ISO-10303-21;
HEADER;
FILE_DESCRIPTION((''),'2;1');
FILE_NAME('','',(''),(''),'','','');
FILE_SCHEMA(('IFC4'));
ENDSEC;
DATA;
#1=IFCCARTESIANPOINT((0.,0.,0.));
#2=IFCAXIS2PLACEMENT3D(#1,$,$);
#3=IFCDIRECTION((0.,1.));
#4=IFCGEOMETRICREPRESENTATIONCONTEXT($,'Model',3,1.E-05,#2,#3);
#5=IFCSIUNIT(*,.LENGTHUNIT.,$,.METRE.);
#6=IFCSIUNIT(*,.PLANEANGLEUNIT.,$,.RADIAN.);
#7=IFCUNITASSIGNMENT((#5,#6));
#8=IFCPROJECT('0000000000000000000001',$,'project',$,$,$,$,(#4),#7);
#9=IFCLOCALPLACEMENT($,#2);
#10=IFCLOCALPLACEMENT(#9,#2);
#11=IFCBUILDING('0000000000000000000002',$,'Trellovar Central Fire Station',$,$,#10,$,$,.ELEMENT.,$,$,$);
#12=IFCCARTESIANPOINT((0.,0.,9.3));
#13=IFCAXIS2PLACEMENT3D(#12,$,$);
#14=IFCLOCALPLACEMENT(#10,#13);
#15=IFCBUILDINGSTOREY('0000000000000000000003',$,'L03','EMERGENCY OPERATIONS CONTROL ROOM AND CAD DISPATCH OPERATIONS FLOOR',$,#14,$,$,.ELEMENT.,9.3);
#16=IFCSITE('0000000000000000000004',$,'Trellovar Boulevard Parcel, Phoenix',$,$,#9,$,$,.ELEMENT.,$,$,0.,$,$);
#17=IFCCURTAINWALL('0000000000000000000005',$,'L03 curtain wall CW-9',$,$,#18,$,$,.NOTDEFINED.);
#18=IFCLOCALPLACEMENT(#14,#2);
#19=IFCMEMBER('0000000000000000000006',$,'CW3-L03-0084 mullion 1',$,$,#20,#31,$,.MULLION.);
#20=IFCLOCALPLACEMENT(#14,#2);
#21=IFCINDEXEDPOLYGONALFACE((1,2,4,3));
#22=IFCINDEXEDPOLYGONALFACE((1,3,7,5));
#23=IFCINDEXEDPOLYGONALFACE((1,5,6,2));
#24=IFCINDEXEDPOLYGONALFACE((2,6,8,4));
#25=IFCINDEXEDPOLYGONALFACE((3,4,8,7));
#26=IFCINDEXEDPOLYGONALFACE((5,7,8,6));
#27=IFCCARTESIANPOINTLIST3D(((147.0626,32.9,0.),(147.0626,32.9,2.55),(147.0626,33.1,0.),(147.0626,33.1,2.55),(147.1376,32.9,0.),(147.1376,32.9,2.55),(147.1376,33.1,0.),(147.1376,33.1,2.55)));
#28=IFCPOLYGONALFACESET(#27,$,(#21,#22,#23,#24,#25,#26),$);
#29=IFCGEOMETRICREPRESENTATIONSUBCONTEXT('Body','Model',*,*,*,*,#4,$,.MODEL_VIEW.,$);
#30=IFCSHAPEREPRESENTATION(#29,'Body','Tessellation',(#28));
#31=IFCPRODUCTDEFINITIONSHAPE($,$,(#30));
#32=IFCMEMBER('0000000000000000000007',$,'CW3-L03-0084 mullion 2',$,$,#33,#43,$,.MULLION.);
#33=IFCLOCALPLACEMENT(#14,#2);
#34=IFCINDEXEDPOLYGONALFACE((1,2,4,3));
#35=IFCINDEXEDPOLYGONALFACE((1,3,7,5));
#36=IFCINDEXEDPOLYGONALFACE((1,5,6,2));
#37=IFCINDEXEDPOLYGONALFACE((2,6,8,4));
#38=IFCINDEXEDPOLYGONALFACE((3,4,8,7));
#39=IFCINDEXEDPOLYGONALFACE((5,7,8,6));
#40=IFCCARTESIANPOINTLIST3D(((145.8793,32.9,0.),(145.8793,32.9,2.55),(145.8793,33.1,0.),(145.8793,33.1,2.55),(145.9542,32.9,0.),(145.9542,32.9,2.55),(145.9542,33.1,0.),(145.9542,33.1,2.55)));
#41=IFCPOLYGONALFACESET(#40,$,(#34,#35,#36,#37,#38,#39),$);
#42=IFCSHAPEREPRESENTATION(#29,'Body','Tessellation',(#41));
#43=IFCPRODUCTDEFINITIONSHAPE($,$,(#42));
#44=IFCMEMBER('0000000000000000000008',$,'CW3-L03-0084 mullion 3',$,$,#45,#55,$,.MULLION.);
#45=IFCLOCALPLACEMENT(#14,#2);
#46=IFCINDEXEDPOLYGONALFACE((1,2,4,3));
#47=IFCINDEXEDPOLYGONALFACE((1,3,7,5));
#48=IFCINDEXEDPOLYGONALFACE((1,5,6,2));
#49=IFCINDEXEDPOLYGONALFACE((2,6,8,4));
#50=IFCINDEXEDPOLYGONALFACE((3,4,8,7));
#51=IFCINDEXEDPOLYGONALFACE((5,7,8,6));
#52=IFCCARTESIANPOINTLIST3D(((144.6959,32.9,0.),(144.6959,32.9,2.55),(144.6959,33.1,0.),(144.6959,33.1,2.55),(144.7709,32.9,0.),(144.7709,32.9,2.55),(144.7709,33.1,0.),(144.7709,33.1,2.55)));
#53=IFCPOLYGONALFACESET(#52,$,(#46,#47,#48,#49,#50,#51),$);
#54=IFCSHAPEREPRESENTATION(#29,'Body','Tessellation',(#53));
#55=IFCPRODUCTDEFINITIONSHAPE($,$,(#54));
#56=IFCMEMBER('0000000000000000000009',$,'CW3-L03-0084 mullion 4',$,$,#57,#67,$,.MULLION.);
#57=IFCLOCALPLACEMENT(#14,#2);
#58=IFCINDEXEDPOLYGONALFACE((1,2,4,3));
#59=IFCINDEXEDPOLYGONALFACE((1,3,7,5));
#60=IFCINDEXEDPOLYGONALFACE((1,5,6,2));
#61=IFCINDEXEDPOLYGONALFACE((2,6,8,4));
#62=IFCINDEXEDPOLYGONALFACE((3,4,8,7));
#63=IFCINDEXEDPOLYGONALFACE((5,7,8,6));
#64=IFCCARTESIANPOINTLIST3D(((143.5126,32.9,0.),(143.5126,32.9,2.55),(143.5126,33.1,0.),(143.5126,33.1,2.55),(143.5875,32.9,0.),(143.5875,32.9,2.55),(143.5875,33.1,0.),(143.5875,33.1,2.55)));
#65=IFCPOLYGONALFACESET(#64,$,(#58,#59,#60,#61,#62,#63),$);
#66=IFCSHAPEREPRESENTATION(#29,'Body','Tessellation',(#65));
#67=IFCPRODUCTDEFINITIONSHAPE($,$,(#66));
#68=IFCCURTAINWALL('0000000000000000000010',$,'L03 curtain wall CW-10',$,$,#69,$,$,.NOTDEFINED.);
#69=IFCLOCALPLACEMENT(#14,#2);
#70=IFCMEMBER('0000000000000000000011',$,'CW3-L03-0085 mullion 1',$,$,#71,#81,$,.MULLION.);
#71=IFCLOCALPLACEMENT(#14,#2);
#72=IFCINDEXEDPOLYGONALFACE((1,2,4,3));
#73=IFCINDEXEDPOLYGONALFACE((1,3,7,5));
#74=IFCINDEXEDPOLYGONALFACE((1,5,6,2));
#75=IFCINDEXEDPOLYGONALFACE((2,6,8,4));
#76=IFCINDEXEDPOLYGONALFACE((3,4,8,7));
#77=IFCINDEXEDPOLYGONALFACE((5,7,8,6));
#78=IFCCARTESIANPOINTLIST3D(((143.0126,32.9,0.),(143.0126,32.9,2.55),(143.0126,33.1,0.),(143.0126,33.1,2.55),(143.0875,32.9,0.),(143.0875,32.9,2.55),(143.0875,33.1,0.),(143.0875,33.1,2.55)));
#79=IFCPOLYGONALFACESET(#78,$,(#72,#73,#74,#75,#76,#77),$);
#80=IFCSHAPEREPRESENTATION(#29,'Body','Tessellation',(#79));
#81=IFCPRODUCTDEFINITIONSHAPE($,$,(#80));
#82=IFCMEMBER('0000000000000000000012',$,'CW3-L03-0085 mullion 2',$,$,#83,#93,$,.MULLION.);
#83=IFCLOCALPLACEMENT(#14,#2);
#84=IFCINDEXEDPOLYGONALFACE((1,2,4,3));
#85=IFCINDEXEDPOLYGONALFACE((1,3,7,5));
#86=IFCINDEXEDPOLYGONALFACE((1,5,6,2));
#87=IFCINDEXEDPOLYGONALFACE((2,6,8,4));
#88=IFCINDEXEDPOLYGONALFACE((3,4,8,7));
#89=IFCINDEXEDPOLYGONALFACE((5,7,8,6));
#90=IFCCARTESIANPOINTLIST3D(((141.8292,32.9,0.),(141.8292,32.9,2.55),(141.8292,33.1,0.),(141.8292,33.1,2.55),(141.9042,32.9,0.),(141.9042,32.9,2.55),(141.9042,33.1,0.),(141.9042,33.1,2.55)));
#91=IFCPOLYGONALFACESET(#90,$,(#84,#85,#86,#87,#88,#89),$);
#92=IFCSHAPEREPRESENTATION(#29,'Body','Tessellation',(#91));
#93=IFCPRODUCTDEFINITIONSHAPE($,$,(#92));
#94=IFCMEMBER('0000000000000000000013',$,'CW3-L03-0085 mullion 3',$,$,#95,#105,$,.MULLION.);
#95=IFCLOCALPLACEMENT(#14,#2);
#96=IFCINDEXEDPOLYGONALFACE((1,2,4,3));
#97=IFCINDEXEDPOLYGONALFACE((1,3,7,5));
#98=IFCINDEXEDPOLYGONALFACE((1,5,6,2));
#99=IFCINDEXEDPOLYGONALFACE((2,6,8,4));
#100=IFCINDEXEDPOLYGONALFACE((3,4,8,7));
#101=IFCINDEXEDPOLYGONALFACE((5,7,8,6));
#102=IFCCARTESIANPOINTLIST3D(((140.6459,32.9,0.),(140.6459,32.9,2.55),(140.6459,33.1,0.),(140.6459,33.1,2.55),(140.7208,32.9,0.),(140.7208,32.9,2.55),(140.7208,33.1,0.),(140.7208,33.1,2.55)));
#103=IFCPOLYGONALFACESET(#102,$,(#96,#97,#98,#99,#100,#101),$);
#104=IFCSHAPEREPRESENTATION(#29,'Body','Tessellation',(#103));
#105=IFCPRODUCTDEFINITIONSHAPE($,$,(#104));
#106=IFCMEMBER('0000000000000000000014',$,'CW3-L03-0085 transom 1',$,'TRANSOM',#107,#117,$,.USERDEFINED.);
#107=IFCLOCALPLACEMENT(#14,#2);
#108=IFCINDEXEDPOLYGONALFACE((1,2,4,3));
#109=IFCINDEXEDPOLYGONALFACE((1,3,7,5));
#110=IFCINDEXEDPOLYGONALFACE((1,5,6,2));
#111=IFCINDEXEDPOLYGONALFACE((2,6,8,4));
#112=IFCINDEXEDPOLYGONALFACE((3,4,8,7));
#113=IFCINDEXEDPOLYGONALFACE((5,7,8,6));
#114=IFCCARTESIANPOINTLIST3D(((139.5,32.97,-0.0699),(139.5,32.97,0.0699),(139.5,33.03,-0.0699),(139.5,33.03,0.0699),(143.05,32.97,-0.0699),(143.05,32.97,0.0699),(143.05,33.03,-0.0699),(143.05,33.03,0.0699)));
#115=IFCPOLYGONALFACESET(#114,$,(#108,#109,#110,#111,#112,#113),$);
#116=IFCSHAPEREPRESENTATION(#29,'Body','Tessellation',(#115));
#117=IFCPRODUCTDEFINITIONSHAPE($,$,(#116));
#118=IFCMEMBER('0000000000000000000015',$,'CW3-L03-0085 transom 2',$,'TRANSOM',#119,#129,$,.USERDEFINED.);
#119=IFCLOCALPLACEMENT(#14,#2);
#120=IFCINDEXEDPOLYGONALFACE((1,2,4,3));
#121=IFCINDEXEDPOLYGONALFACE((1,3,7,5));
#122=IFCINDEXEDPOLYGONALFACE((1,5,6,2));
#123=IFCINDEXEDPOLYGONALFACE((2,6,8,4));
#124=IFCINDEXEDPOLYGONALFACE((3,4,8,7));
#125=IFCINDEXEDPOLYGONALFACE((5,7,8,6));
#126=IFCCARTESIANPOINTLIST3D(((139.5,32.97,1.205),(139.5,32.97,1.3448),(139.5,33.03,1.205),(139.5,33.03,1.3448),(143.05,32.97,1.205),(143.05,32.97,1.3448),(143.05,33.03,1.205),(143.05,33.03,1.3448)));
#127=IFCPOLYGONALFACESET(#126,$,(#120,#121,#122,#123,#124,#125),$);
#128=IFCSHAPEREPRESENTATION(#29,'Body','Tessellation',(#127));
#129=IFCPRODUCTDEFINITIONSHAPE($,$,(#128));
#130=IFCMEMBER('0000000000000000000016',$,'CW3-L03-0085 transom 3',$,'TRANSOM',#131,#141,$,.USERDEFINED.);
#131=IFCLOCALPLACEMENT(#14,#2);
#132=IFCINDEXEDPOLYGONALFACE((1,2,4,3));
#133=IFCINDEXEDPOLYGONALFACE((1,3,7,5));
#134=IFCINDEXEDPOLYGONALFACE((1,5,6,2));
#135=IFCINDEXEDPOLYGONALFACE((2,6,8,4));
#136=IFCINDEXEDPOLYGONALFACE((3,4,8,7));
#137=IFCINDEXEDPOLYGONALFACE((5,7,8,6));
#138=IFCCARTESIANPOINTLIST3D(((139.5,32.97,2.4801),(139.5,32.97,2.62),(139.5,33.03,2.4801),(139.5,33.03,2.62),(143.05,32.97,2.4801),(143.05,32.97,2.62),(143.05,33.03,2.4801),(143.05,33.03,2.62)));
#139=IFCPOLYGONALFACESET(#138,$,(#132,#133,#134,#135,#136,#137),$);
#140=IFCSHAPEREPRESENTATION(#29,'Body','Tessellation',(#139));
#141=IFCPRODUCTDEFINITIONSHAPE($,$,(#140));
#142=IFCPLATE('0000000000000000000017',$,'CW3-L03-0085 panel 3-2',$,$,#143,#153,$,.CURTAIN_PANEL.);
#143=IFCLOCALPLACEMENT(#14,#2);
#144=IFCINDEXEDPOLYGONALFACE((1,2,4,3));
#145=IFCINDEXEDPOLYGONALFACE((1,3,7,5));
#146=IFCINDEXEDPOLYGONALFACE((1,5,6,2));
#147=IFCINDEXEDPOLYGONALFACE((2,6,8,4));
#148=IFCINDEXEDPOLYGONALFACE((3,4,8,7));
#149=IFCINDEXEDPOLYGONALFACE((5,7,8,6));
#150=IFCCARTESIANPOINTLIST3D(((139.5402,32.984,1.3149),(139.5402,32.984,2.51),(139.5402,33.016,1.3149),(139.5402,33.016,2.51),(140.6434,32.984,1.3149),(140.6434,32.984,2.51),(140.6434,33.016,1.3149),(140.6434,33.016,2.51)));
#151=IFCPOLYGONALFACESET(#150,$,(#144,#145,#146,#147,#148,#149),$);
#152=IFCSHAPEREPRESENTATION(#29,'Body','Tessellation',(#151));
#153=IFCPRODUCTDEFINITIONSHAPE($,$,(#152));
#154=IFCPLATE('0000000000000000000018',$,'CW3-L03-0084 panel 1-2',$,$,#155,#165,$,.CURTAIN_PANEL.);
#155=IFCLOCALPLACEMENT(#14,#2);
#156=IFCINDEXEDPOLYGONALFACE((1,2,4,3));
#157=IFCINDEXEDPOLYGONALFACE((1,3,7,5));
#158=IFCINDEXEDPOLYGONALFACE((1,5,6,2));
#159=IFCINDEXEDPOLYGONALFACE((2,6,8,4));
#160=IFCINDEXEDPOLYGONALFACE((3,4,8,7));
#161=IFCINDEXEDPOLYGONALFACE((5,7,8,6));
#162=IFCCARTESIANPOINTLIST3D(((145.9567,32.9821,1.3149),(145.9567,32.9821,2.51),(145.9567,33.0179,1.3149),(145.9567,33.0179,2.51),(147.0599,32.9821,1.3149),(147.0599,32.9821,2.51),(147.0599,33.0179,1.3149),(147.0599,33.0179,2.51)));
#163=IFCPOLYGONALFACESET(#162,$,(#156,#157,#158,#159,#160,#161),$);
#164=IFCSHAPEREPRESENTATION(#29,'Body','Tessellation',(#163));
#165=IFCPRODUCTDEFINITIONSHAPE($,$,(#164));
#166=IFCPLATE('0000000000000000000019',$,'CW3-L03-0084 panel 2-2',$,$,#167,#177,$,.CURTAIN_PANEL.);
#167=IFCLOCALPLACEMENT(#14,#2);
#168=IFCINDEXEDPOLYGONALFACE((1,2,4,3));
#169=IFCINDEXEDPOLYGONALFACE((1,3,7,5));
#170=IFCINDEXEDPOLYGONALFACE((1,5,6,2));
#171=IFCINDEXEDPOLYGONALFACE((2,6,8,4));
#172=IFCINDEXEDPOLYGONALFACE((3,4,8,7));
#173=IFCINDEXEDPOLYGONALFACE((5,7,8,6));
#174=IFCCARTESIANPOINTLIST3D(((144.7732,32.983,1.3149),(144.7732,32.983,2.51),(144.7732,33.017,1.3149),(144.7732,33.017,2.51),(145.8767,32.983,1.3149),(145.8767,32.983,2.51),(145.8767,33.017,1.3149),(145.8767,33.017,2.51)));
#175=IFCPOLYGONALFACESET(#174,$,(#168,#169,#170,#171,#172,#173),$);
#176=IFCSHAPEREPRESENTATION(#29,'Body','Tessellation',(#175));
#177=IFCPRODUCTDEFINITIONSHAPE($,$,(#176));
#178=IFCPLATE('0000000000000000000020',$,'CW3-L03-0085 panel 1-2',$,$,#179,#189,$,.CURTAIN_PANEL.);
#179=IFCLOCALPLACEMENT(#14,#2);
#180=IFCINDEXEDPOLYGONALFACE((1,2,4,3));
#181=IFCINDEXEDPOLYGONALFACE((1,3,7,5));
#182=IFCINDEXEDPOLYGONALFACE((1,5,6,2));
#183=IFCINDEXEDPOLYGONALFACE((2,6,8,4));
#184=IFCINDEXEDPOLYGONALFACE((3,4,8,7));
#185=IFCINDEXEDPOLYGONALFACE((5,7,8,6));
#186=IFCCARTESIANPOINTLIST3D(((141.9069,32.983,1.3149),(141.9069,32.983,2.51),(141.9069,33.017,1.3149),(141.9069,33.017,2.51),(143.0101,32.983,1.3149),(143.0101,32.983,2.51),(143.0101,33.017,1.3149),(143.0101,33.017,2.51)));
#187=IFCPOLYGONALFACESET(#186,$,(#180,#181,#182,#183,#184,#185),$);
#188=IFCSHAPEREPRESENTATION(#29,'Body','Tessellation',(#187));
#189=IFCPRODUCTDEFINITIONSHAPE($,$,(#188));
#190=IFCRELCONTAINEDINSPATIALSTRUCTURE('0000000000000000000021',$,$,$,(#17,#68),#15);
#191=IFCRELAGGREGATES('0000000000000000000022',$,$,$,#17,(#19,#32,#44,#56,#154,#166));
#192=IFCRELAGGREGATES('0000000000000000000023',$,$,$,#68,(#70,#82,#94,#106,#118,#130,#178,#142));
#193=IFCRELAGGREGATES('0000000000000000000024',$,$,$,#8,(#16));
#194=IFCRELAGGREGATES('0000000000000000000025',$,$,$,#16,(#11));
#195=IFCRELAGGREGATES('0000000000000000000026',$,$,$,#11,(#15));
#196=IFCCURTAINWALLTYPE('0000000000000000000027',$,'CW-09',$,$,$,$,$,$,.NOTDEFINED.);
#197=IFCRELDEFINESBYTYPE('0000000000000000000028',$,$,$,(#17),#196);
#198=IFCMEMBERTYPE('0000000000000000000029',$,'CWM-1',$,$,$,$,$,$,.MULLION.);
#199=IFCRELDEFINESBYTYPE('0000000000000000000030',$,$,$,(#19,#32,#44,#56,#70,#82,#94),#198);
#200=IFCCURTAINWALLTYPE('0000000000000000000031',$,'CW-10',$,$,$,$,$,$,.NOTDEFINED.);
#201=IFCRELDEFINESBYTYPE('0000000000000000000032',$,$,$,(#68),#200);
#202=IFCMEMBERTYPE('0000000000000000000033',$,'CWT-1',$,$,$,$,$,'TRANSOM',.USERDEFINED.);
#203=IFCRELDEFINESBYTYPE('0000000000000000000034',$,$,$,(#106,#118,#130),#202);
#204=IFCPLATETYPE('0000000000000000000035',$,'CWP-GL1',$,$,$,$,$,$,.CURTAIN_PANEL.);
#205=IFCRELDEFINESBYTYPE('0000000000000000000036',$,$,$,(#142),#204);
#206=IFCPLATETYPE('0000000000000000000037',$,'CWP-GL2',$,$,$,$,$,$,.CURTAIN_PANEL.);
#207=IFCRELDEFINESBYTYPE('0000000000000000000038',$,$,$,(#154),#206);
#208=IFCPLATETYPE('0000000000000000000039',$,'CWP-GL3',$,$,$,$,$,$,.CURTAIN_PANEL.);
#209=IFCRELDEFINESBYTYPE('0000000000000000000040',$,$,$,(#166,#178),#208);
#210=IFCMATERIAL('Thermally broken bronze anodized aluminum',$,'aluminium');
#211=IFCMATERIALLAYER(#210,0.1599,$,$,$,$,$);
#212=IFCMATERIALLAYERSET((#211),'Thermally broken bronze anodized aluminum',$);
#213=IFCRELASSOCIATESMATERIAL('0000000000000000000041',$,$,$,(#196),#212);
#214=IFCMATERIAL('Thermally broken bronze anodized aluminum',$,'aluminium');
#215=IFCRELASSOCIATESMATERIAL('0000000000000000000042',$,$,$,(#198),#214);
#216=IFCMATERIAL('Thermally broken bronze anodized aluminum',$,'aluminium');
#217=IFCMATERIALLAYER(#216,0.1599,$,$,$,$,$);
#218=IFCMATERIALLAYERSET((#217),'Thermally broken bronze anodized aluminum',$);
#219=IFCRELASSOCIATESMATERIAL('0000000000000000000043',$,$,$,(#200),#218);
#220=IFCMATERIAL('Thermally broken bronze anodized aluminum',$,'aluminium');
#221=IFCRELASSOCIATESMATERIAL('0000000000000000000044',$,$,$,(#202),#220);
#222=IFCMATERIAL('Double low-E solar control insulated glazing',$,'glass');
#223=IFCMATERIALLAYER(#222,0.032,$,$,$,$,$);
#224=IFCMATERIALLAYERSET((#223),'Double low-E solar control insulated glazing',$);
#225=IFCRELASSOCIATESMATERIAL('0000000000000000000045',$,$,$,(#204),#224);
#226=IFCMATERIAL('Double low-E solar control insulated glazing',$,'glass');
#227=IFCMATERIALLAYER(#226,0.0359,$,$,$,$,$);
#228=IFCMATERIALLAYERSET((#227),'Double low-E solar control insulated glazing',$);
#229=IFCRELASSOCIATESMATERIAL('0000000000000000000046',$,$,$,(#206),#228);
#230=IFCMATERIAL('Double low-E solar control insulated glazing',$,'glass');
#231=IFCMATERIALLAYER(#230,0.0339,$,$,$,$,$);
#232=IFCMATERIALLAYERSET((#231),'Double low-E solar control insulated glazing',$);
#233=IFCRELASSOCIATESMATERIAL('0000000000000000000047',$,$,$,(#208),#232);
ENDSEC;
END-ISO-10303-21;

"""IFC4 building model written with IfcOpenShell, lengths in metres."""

from ifc_helpers import new_model, si_unit, direction, frame, origin, origin_2d, place, context, subcontext, project, spatial, rectangle, extrude, material, layer, layer_set, material_profile, profile_set, type_object, element, aggregate, save


model = new_model("IFC4")

# Units and contexts
model_context = context("Model", 3, precision=1e-05, world=origin(), true_north=direction((0.0, 1.0)))
body_context = subcontext(model_context, "Body", "Model", "MODEL_VIEW")
ifc_project = project(units=[si_unit("LENGTHUNIT", "METRE"), si_unit("PLANEANGLEUNIT", "RADIAN")], contexts=[model_context])

# Site, building, storey
site_placement = place(None, origin())
site = spatial("IfcSite", under=ifc_project, at=site_placement, Name="Trellovar Boulevard Parcel, Phoenix", CompositionType="ELEMENT", RefElevation=0.0)
building_placement = place(site_placement, origin())
building = spatial("IfcBuilding", under=site, at=building_placement, Name="Trellovar Central Fire Station", CompositionType="ELEMENT")
storey_placement = place(building_placement, frame((0.0, 0.0, 9.3)))
storey = spatial("IfcBuildingStorey", under=building, at=storey_placement, Name="L03", Description="EMERGENCY OPERATIONS CONTROL ROOM AND CAD DISPATCH OPERATIONS FLOOR", CompositionType="ELEMENT", Elevation=9.3)

# Curtain wall, members
ifc_material_1 = material(Name="Thermally broken bronze anodized aluminum", Category="aluminium")
ifc_layer_1 = layer(ifc_material_1, 0.1599)
ifc_layer_set_1 = layer_set([ifc_layer_1], Name="Thermally broken bronze anodized aluminum")
curtain_wall_type_1 = type_object("IfcCurtainWallType", Name="CW-09", PredefinedType="NOTDEFINED", material=ifc_layer_set_1)
curtain_wall_1_placement = place(storey_placement, origin())
curtain_wall_1 = element("IfcCurtainWall", 1, at=curtain_wall_1_placement, inside=storey, type_object=curtain_wall_type_1, Name="L03 curtain wall CW-9", PredefinedType="NOTDEFINED")
ifc_material_2 = material(Name="Thermally broken bronze anodized aluminum", Category="aluminium")
ifc_material_profile_1 = material_profile(ifc_material_2, rectangle(XDim=0.075, YDim=0.2, at=origin_2d()), Name="ALU75X200")
ifc_profile_set_1 = profile_set([ifc_material_profile_1], Name="Thermally broken bronze anodized aluminum")
member_type_1 = type_object("IfcMemberType", Name="CWM-1", PredefinedType="MULLION", material=ifc_profile_set_1)
member_1_placement = place(storey_placement, frame((147.1001, 33.0, 0.0), z_axis=(0.0, 0.0, 1.0), x_axis=(1.0, 0.0, 0.0)))
member_1 = element("IfcMember", 2, at=member_1_placement, type_object=member_type_1, Name="CW3-L03-0084 mullion 1", PredefinedType="MULLION", context=body_context, shape_type="SweptSolid", body=[
    extrude(rectangle(XDim=0.075, YDim=0.2, at=origin_2d()), origin(), (0.0, 0.0, 1.0), 2.55),
])
member_2_placement = place(storey_placement, frame((145.9167, 33.0, 0.0), z_axis=(0.0, 0.0, 1.0), x_axis=(1.0, 0.0, 0.0)))
member_2 = element("IfcMember", 3, at=member_2_placement, type_object=member_type_1, Name="CW3-L03-0084 mullion 2", PredefinedType="MULLION", context=body_context, shape_type="SweptSolid", body=[
    extrude(rectangle(XDim=0.075, YDim=0.2, at=origin_2d()), origin(), (0.0, 0.0, 1.0), 2.55),
])
member_3_placement = place(storey_placement, frame((144.7334, 33.0, 0.0), z_axis=(0.0, 0.0, 1.0), x_axis=(1.0, 0.0, 0.0)))
member_3 = element("IfcMember", 4, at=member_3_placement, type_object=member_type_1, Name="CW3-L03-0084 mullion 3", PredefinedType="MULLION", context=body_context, shape_type="SweptSolid", body=[
    extrude(rectangle(XDim=0.075, YDim=0.2, at=origin_2d()), origin(), (0.0, 0.0, 1.0), 2.55),
])
member_4_placement = place(storey_placement, frame((143.55, 33.0, 0.0), z_axis=(0.0, 0.0, 1.0), x_axis=(1.0, 0.0, 0.0)))
member_4 = element("IfcMember", 5, at=member_4_placement, type_object=member_type_1, Name="CW3-L03-0084 mullion 4", PredefinedType="MULLION", context=body_context, shape_type="SweptSolid", body=[
    extrude(rectangle(XDim=0.075, YDim=0.2, at=origin_2d()), origin(), (0.0, 0.0, 1.0), 2.55),
])

# Curtain wall, members, plate
ifc_material_3 = material(Name="Thermally broken bronze anodized aluminum", Category="aluminium")
ifc_layer_2 = layer(ifc_material_3, 0.1599)
ifc_layer_set_2 = layer_set([ifc_layer_2], Name="Thermally broken bronze anodized aluminum")
curtain_wall_type_2 = type_object("IfcCurtainWallType", Name="CW-10", PredefinedType="NOTDEFINED", material=ifc_layer_set_2)
curtain_wall_2_placement = place(storey_placement, origin())
curtain_wall_2 = element("IfcCurtainWall", 6, at=curtain_wall_2_placement, inside=storey, type_object=curtain_wall_type_2, Name="L03 curtain wall CW-10", PredefinedType="NOTDEFINED")
member_5_placement = place(storey_placement, frame((143.05, 33.0, 0.0), z_axis=(0.0, 0.0, 1.0), x_axis=(1.0, 0.0, 0.0)))
member_5 = element("IfcMember", 7, at=member_5_placement, type_object=member_type_1, Name="CW3-L03-0085 mullion 1", PredefinedType="MULLION", context=body_context, shape_type="SweptSolid", body=[
    extrude(rectangle(XDim=0.075, YDim=0.2, at=origin_2d()), origin(), (0.0, 0.0, 1.0), 2.55),
])
member_6_placement = place(storey_placement, frame((141.8667, 33.0, 0.0), z_axis=(0.0, 0.0, 1.0), x_axis=(1.0, 0.0, 0.0)))
member_6 = element("IfcMember", 8, at=member_6_placement, type_object=member_type_1, Name="CW3-L03-0085 mullion 2", PredefinedType="MULLION", context=body_context, shape_type="SweptSolid", body=[
    extrude(rectangle(XDim=0.075, YDim=0.2, at=origin_2d()), origin(), (0.0, 0.0, 1.0), 2.55),
])
member_7_placement = place(storey_placement, frame((140.6833, 33.0, 0.0), z_axis=(0.0, 0.0, 1.0), x_axis=(1.0, 0.0, 0.0)))
member_7 = element("IfcMember", 9, at=member_7_placement, type_object=member_type_1, Name="CW3-L03-0085 mullion 3", PredefinedType="MULLION", context=body_context, shape_type="SweptSolid", body=[
    extrude(rectangle(XDim=0.075, YDim=0.2, at=origin_2d()), origin(), (0.0, 0.0, 1.0), 2.55),
])
ifc_material_4 = material(Name="Thermally broken bronze anodized aluminum", Category="aluminium")
ifc_material_profile_2 = material_profile(ifc_material_4, rectangle(XDim=0.0601, YDim=0.1399, at=origin_2d()), Name="ALU60X140")
ifc_profile_set_2 = profile_set([ifc_material_profile_2], Name="Thermally broken bronze anodized aluminum")
member_type_2 = type_object("IfcMemberType", Name="CWT-1", ElementType="TRANSOM", PredefinedType="USERDEFINED", material=ifc_profile_set_2)
member_8_placement = place(storey_placement, frame((143.05, 33.0, 0.0), z_axis=(-1.0, 0.0, 0.0), x_axis=(0.0, -1.0, 0.0)))
member_8 = element("IfcMember", 10, at=member_8_placement, type_object=member_type_2, Name="CW3-L03-0085 transom 1", ObjectType="TRANSOM", PredefinedType="USERDEFINED", context=body_context, shape_type="SweptSolid", body=[
    extrude(rectangle(XDim=0.0601, YDim=0.1399, at=origin_2d()), origin(), (0.0, 0.0, 1.0), 3.55),
])
member_9_placement = place(storey_placement, frame((143.05, 33.0, 1.2749), z_axis=(-1.0, 0.0, 0.0), x_axis=(0.0, -1.0, 0.0)))
member_9 = element("IfcMember", 11, at=member_9_placement, type_object=member_type_2, Name="CW3-L03-0085 transom 2", ObjectType="TRANSOM", PredefinedType="USERDEFINED", context=body_context, shape_type="SweptSolid", body=[
    extrude(rectangle(XDim=0.0601, YDim=0.1399, at=origin_2d()), origin(), (0.0, 0.0, 1.0), 3.55),
])
member_10_placement = place(storey_placement, frame((143.05, 33.0, 2.55), z_axis=(-1.0, 0.0, 0.0), x_axis=(0.0, -1.0, 0.0)))
member_10 = element("IfcMember", 12, at=member_10_placement, type_object=member_type_2, Name="CW3-L03-0085 transom 3", ObjectType="TRANSOM", PredefinedType="USERDEFINED", context=body_context, shape_type="SweptSolid", body=[
    extrude(rectangle(XDim=0.0601, YDim=0.1399, at=origin_2d()), origin(), (0.0, 0.0, 1.0), 3.55),
])
ifc_material_5 = material(Name="Double low-E solar control insulated glazing", Category="glass")
ifc_layer_3 = layer(ifc_material_5, 0.032)
ifc_layer_set_3 = layer_set([ifc_layer_3], Name="Double low-E solar control insulated glazing")
plate_type_1 = type_object("IfcPlateType", Name="CWP-GL1", PredefinedType="CURTAIN_PANEL", material=ifc_layer_set_3)
plate_1_placement = place(storey_placement, frame((140.0918, 33.0, 1.3149), z_axis=(0.0, 0.0, 1.0), x_axis=(-1.0, 0.0, 0.0)))
plate_1 = element("IfcPlate", 13, at=plate_1_placement, type_object=plate_type_1, Name="CW3-L03-0085 panel 3-2", PredefinedType="CURTAIN_PANEL", context=body_context, shape_type="SweptSolid", body=[
    extrude(rectangle(XDim=1.1033, YDim=0.032, at=origin_2d()), origin(), (0.0, 0.0, 1.0), 1.1951),
])

# Plates
ifc_material_6 = material(Name="Double low-E solar control insulated glazing", Category="glass")
ifc_layer_4 = layer(ifc_material_6, 0.0359)
ifc_layer_set_4 = layer_set([ifc_layer_4], Name="Double low-E solar control insulated glazing")
plate_type_2 = type_object("IfcPlateType", Name="CWP-GL2", PredefinedType="CURTAIN_PANEL", material=ifc_layer_set_4)
plate_2_placement = place(storey_placement, frame((146.5083, 33.0, 1.3149), z_axis=(0.0, 0.0, 1.0), x_axis=(-1.0, 0.0, 0.0)))
plate_2 = element("IfcPlate", 14, at=plate_2_placement, type_object=plate_type_2, Name="CW3-L03-0084 panel 1-2", PredefinedType="CURTAIN_PANEL", context=body_context, shape_type="SweptSolid", body=[
    extrude(rectangle(XDim=1.1033, YDim=0.0359, at=origin_2d()), origin(), (0.0, 0.0, 1.0), 1.1951),
])
ifc_material_7 = material(Name="Double low-E solar control insulated glazing", Category="glass")
ifc_layer_5 = layer(ifc_material_7, 0.0339)
ifc_layer_set_5 = layer_set([ifc_layer_5], Name="Double low-E solar control insulated glazing")
plate_type_3 = type_object("IfcPlateType", Name="CWP-GL3", PredefinedType="CURTAIN_PANEL", material=ifc_layer_set_5)
plate_3_placement = place(storey_placement, frame((145.325, 33.0, 1.3149), z_axis=(0.0, 0.0, 1.0), x_axis=(-1.0, 0.0, 0.0)))
plate_3 = element("IfcPlate", 15, at=plate_3_placement, type_object=plate_type_3, Name="CW3-L03-0084 panel 2-2", PredefinedType="CURTAIN_PANEL", context=body_context, shape_type="SweptSolid", body=[
    extrude(rectangle(XDim=1.1035, YDim=0.0339, at=origin_2d()), origin(), (0.0, 0.0, 1.0), 1.1951),
])
plate_4_placement = place(storey_placement, frame((142.4585, 33.0, 1.3149), z_axis=(0.0, 0.0, 1.0), x_axis=(-1.0, 0.0, 0.0)))
plate_4 = element("IfcPlate", 16, at=plate_4_placement, type_object=plate_type_3, Name="CW3-L03-0085 panel 1-2", PredefinedType="CURTAIN_PANEL", context=body_context, shape_type="SweptSolid", body=[
    extrude(rectangle(XDim=1.1033, YDim=0.0339, at=origin_2d()), origin(), (0.0, 0.0, 1.0), 1.1951),
])
aggregate(curtain_wall_1, [member_1, member_2, member_3, member_4, plate_2, plate_3])
aggregate(curtain_wall_2, [member_5, member_6, member_7, member_8, member_9, member_10, plate_4, plate_1])

save(model, "model.ifc")
